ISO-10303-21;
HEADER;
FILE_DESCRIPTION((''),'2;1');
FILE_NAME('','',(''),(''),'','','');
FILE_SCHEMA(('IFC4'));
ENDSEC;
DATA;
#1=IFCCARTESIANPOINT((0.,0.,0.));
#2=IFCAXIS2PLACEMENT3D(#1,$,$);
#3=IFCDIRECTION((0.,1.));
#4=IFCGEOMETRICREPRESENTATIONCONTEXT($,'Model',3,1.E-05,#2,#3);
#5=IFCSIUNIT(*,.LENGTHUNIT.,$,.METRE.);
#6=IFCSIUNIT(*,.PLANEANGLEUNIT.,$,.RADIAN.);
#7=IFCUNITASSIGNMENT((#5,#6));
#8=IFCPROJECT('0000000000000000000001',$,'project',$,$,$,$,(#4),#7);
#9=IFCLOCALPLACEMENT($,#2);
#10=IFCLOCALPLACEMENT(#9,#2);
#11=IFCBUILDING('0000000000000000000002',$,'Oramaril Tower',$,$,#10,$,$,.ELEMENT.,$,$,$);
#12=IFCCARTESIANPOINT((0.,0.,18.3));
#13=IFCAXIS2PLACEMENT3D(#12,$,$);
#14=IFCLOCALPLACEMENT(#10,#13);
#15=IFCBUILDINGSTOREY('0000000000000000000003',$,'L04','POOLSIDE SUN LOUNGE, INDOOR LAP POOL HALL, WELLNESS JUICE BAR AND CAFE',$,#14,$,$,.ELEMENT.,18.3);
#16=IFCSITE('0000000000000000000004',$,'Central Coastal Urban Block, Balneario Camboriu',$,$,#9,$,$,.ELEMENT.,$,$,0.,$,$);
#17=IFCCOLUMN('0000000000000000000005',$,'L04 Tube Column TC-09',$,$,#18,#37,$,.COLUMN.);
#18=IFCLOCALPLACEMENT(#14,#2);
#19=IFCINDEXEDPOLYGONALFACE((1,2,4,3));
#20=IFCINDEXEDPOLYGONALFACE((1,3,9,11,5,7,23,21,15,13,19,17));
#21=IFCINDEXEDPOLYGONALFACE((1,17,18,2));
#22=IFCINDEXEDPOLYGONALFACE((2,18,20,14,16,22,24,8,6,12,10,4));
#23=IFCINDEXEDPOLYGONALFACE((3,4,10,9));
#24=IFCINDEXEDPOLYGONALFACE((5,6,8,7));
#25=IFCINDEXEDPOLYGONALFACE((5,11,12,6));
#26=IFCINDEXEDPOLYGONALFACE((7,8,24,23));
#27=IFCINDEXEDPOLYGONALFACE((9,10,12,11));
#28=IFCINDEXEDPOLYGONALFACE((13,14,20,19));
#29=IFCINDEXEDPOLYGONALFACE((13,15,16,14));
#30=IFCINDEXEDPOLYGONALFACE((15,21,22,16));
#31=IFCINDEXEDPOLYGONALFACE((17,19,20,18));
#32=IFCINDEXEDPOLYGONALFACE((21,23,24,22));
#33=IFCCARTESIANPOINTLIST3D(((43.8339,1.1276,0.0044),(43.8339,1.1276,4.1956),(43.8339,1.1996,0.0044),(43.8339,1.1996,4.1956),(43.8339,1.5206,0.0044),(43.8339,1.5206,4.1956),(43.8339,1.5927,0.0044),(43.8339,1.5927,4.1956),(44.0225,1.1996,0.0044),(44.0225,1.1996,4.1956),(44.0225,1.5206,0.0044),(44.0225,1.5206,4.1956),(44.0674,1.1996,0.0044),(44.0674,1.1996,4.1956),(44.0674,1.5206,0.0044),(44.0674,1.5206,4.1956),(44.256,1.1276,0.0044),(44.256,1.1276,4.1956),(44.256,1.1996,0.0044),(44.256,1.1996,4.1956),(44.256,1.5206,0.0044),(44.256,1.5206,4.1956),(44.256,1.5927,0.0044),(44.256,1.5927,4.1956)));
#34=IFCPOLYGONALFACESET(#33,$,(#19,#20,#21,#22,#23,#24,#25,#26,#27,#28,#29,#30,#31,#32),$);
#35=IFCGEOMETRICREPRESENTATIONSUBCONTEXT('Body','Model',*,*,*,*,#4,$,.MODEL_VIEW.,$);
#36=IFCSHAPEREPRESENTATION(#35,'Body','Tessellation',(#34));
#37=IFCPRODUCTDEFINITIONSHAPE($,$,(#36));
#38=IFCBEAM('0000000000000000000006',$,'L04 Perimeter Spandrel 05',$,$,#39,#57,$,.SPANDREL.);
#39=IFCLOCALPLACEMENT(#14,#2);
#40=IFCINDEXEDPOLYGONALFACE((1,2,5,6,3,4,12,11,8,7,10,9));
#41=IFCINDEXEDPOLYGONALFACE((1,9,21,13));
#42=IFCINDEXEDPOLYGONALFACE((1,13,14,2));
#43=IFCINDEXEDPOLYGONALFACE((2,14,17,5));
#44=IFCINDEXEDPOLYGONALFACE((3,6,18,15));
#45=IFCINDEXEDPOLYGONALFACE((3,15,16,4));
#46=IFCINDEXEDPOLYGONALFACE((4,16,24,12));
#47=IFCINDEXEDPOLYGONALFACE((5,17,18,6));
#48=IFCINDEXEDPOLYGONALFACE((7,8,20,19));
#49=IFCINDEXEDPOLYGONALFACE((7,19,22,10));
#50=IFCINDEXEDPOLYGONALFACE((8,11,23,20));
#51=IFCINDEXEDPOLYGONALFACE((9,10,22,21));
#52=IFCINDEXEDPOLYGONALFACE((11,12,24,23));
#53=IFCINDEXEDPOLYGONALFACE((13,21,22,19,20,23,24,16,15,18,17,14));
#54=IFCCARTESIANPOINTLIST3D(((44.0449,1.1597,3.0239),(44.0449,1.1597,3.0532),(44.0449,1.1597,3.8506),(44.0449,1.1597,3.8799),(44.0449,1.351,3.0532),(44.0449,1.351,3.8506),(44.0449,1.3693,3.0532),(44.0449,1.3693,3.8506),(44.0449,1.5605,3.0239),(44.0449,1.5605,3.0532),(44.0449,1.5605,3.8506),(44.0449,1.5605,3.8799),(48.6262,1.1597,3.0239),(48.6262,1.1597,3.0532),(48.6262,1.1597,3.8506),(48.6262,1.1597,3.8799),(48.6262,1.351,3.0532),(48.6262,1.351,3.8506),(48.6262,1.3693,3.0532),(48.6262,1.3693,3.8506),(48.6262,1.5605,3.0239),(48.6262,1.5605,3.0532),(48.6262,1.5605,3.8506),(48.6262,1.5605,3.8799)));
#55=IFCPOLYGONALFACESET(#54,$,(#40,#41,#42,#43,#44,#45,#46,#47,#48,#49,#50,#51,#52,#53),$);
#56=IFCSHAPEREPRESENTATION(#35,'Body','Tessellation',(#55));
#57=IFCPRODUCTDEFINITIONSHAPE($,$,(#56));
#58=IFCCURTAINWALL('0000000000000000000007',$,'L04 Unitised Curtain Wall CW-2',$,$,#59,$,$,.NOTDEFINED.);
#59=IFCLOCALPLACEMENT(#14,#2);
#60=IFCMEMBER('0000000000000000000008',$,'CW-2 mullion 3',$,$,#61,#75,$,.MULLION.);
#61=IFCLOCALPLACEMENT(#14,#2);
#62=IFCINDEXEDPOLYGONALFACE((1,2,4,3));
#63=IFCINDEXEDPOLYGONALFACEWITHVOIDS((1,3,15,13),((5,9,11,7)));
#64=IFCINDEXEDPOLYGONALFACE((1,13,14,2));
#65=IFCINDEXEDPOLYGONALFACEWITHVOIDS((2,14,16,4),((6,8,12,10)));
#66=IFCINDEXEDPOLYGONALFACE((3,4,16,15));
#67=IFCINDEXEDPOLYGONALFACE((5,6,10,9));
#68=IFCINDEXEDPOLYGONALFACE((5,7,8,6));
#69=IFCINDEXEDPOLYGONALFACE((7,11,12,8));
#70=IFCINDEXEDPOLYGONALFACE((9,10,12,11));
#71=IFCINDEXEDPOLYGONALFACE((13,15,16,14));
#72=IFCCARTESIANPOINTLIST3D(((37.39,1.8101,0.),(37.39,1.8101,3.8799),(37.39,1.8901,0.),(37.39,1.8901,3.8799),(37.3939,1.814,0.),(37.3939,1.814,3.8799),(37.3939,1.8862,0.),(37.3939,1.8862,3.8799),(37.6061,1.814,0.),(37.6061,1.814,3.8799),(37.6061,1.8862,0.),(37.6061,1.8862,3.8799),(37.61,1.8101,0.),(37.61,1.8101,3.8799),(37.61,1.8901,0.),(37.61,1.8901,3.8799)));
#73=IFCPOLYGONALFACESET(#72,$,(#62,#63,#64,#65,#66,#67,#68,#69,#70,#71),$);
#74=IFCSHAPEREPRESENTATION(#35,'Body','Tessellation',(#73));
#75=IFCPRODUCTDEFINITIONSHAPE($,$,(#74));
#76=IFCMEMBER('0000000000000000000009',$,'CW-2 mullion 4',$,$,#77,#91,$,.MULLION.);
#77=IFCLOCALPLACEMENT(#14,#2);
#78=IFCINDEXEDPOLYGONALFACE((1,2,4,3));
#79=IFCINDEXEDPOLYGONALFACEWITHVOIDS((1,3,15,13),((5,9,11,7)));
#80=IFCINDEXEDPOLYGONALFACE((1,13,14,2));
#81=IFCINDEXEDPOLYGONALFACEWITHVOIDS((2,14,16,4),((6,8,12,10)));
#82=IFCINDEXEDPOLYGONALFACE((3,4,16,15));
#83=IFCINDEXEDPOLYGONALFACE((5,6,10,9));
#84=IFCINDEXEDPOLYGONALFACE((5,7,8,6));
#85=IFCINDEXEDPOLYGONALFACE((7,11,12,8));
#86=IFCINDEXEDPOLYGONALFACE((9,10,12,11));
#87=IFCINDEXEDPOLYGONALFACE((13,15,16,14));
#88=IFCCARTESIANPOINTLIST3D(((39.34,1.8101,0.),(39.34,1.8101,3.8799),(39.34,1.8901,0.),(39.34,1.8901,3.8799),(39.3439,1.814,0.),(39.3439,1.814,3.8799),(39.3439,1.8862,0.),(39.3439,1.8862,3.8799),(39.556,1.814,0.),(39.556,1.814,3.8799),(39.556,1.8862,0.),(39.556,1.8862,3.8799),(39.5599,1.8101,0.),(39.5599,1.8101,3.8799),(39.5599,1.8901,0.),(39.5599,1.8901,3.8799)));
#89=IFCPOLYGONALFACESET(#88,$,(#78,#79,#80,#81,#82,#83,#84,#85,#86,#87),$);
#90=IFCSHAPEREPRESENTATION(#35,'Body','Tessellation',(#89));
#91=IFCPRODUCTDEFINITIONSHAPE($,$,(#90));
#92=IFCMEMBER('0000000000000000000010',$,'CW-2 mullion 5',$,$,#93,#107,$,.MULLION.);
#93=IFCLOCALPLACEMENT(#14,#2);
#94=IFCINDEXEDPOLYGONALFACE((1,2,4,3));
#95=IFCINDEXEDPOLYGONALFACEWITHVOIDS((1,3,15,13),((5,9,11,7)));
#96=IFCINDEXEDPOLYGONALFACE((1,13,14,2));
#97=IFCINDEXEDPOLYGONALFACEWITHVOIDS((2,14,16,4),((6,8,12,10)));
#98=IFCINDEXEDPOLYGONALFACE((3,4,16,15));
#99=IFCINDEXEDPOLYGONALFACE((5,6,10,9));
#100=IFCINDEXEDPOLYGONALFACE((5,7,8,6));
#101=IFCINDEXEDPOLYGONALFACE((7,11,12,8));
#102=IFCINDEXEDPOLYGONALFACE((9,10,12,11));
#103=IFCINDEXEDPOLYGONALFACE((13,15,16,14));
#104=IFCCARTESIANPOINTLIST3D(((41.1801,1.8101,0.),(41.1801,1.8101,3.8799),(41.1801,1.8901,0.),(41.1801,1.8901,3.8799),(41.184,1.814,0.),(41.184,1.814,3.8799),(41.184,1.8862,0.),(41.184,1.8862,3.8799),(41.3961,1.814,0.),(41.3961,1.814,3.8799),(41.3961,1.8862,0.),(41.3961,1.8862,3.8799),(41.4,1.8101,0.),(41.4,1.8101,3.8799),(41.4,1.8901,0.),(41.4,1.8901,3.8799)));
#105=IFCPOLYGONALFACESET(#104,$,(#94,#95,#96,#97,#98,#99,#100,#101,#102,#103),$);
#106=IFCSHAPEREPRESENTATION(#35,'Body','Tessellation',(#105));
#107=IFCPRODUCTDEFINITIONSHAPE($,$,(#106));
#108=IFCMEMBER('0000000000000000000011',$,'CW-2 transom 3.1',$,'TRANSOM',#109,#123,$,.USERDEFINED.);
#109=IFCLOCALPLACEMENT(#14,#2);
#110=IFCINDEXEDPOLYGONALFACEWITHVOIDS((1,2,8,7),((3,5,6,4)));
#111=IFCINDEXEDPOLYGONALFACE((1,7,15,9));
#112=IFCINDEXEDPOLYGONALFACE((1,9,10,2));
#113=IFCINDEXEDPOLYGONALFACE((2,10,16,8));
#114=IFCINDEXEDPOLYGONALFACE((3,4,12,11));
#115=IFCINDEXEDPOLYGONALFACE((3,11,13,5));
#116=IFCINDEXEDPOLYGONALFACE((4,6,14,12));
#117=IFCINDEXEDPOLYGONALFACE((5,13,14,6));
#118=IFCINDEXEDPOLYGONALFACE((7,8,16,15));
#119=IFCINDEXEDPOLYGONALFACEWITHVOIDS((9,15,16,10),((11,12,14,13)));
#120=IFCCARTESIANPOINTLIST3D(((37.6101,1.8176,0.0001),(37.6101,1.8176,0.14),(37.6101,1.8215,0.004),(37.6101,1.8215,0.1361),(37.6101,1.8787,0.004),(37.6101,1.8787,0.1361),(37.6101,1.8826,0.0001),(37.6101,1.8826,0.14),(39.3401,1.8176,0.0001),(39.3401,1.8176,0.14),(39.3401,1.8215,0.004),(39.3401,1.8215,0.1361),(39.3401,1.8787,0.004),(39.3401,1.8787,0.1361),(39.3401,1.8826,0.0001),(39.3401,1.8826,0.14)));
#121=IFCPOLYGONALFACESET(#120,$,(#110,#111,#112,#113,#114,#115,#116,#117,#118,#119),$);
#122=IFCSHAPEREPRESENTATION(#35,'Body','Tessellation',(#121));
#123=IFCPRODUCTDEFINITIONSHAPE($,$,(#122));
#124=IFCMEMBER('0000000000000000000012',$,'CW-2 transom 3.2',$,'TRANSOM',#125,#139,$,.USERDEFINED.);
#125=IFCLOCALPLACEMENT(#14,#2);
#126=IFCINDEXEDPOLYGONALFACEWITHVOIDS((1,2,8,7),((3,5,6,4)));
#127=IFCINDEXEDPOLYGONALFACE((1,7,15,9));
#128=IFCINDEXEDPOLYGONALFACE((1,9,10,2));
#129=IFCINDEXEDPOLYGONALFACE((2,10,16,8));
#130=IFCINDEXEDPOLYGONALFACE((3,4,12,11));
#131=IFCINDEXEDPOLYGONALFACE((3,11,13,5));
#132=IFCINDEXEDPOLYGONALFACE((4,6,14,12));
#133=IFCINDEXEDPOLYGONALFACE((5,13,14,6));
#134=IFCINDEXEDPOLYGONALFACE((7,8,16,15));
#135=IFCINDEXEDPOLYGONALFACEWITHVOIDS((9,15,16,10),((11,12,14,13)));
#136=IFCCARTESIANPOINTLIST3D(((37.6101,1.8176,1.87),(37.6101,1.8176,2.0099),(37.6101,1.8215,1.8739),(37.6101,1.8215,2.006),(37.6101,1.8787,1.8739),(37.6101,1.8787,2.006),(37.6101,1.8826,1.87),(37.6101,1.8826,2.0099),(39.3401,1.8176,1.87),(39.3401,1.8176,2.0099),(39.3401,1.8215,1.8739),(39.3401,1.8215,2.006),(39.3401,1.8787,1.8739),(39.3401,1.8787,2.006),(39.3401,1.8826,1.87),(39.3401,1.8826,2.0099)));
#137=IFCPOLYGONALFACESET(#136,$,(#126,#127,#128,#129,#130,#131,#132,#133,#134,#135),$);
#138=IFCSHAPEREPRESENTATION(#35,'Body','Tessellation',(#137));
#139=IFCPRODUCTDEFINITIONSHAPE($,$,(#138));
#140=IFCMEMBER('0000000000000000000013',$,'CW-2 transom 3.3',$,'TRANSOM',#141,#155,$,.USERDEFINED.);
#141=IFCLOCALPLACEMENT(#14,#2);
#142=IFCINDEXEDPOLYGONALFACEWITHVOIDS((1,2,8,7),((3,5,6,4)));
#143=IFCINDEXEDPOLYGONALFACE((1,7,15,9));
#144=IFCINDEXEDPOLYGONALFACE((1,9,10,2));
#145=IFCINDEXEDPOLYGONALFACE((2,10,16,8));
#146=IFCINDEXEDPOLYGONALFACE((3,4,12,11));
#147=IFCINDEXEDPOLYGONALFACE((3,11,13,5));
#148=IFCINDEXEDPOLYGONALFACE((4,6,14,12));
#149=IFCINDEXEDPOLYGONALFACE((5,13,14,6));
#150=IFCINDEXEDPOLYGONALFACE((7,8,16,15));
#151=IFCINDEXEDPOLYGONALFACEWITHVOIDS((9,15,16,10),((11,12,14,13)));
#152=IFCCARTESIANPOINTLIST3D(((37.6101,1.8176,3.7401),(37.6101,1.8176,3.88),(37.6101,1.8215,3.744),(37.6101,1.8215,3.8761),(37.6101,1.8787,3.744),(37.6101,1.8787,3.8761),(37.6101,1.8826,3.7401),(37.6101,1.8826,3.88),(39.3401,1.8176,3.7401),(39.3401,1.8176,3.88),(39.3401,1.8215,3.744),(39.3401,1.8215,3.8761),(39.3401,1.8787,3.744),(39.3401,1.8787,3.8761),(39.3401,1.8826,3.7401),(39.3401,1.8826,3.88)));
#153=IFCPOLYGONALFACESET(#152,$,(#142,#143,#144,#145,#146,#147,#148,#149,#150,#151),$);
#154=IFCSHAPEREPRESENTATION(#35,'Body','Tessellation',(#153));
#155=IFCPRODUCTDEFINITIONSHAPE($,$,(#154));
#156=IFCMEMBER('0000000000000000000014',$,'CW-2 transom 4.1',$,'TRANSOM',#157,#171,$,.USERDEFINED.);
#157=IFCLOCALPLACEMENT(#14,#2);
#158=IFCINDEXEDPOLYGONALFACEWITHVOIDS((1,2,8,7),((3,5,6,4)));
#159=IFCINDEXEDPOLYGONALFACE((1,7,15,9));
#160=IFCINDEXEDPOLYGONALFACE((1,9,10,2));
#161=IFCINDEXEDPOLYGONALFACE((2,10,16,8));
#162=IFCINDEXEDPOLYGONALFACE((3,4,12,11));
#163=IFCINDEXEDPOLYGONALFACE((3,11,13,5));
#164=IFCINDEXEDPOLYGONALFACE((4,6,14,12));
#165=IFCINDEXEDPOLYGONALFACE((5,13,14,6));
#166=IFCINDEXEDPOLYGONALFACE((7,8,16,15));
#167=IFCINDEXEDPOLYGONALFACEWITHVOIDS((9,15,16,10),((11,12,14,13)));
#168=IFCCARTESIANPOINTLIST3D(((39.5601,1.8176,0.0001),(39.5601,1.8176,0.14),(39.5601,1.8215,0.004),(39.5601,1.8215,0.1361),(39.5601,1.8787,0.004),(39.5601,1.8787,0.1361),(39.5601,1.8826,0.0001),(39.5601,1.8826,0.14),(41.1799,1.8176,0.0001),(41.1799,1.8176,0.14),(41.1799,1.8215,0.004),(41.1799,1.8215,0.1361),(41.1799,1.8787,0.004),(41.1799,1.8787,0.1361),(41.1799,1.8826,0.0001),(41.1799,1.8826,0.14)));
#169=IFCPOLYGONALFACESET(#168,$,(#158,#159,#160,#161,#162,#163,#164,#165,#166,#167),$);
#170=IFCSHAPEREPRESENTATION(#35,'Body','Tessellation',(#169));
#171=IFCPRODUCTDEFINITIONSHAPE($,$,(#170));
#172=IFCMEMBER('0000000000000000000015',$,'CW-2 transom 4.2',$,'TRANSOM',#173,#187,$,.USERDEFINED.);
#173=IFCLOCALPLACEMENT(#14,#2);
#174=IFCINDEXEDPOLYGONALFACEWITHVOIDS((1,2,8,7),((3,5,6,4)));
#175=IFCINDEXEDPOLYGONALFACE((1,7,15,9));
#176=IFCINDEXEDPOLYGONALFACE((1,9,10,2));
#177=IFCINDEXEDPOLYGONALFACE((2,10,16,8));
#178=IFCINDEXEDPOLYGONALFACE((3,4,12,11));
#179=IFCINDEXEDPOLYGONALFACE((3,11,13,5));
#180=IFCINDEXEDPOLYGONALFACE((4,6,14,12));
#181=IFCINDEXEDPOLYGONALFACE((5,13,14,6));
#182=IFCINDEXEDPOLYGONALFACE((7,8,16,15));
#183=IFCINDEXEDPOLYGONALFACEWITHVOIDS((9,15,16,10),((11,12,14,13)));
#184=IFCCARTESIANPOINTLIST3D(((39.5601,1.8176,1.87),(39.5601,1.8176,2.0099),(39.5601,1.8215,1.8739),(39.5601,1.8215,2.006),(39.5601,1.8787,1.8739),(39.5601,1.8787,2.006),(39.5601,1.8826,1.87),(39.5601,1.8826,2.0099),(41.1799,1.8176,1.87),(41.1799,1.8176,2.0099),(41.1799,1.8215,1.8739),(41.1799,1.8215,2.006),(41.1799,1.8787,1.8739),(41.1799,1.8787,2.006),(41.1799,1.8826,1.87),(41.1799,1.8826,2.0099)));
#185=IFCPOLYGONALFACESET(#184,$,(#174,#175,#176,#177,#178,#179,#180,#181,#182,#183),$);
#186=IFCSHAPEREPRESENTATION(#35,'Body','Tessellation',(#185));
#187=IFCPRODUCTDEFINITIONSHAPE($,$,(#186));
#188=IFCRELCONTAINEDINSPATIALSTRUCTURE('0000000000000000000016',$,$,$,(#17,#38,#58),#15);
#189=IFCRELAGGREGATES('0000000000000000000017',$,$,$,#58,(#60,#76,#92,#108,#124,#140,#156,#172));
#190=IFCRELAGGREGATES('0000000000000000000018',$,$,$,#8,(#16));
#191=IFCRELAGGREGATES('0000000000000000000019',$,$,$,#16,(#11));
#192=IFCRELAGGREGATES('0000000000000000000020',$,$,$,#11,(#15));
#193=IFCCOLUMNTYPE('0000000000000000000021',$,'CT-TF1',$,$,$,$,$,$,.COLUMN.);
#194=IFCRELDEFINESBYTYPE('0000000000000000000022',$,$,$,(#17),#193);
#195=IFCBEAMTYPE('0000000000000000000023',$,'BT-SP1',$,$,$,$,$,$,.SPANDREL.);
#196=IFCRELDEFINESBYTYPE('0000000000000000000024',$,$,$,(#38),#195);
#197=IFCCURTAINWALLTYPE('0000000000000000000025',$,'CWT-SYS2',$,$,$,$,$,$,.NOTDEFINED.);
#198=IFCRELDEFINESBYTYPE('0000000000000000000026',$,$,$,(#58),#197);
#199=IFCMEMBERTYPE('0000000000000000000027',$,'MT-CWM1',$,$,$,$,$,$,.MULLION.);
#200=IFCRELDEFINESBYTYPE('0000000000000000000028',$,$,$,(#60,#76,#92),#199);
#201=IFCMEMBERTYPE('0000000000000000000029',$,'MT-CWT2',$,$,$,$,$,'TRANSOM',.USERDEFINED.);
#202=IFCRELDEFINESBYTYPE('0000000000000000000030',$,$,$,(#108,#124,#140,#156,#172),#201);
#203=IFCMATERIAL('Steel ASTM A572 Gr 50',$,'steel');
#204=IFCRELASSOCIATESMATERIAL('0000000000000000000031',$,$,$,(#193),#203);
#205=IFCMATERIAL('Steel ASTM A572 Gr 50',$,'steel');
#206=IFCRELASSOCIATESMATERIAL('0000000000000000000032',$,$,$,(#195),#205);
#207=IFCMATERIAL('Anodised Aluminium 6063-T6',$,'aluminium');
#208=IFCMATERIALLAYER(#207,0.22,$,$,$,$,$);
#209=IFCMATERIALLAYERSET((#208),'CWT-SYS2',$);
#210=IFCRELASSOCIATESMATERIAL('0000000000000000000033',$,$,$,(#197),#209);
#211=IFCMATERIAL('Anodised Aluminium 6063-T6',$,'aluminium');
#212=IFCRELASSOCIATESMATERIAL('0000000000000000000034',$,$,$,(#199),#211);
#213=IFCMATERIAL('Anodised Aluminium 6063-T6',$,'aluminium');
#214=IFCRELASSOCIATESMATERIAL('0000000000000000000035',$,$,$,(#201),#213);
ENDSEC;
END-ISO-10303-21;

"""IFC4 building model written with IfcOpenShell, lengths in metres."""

from ifc_helpers import new_model, si_unit, direction, frame, origin, origin_2d, place, context, subcontext, project, spatial, hollow_rectangle, i_section, extrude, material, layer, layer_set, material_profile, profile_set, type_object, element, aggregate, save


model = new_model("IFC4")

# Units and contexts
model_context = context("Model", 3, precision=1e-05, world=origin(), true_north=direction((0.0, 1.0)))
body_context = subcontext(model_context, "Body", "Model", "MODEL_VIEW")
ifc_project = project(units=[si_unit("LENGTHUNIT", "METRE"), si_unit("PLANEANGLEUNIT", "RADIAN")], contexts=[model_context])

# Site, building, storey
site_placement = place(None, origin())
site = spatial("IfcSite", under=ifc_project, at=site_placement, Name="Central Coastal Urban Block, Balneario Camboriu", CompositionType="ELEMENT", RefElevation=0.0)
building_placement = place(site_placement, origin())
building = spatial("IfcBuilding", under=site, at=building_placement, Name="Oramaril Tower", CompositionType="ELEMENT")
storey_placement = place(building_placement, frame((0.0, 0.0, 18.3)))
storey = spatial("IfcBuildingStorey", under=building, at=storey_placement, Name="L04", Description="POOLSIDE SUN LOUNGE, INDOOR LAP POOL HALL, WELLNESS JUICE BAR AND CAFE", CompositionType="ELEMENT", Elevation=18.3)

# Column
ifc_material_1 = material(Name="Steel ASTM A572 Gr 50", Category="steel")
ifc_material_profile_1 = material_profile(ifc_material_1, i_section(OverallWidth=0.4221, OverallDepth=0.4651, WebThickness=0.0449, FlangeThickness=0.072, at=origin_2d()), Name="W14X398")
ifc_profile_set_1 = profile_set([ifc_material_profile_1], Name="Steel ASTM A572 Gr 50")
column_type = type_object("IfcColumnType", Name="CT-TF1", PredefinedType="COLUMN", material=ifc_profile_set_1)
column_placement = place(storey_placement, frame((44.0449, 1.3601, 0.0044), z_axis=(0.0, 0.0, 1.0), x_axis=(1.0, 0.0, 0.0)))
element("IfcColumn", 1, at=column_placement, inside=storey, type_object=column_type, Name="L04 Tube Column TC-09", PredefinedType="COLUMN", context=body_context, shape_type="SweptSolid", body=[
    extrude(i_section(OverallWidth=0.4221, OverallDepth=0.4651, WebThickness=0.0449, FlangeThickness=0.072, at=origin_2d()), origin(), (0.0, 0.0, 1.0), 4.1912),
])

# Beam
ifc_material_2 = material(Name="Steel ASTM A572 Gr 50", Category="steel")
ifc_material_profile_2 = material_profile(ifc_material_2, i_section(OverallWidth=0.4009, OverallDepth=0.856, WebThickness=0.0183, FlangeThickness=0.0293, at=origin_2d()), Name="W33X201")
ifc_profile_set_2 = profile_set([ifc_material_profile_2], Name="Steel ASTM A572 Gr 50")
beam_type = type_object("IfcBeamType", Name="BT-SP1", PredefinedType="SPANDREL", material=ifc_profile_set_2)
beam_placement = place(storey_placement, frame((44.0449, 1.3601, 3.4519), z_axis=(1.0, 0.0, 0.0), x_axis=(0.0, 1.0, 0.0)))
element("IfcBeam", 2, at=beam_placement, inside=storey, type_object=beam_type, Name="L04 Perimeter Spandrel 05", PredefinedType="SPANDREL", context=body_context, shape_type="SweptSolid", body=[
    extrude(i_section(OverallWidth=0.4009, OverallDepth=0.856, WebThickness=0.0183, FlangeThickness=0.0293, at=origin_2d()), origin(), (0.0, 0.0, 1.0), 4.5813),
])

# Curtain wall, members
ifc_material_3 = material(Name="Anodised Aluminium 6063-T6", Category="aluminium")
ifc_layer_1 = layer(ifc_material_3, 0.22)
ifc_layer_set_1 = layer_set([ifc_layer_1], Name="CWT-SYS2")
curtain_wall_type = type_object("IfcCurtainWallType", Name="CWT-SYS2", PredefinedType="NOTDEFINED", material=ifc_layer_set_1)
curtain_wall_placement = place(storey_placement, origin())
curtain_wall = element("IfcCurtainWall", 3, at=curtain_wall_placement, inside=storey, type_object=curtain_wall_type, Name="L04 Unitised Curtain Wall CW-2", PredefinedType="NOTDEFINED")
ifc_material_4 = material(Name="Anodised Aluminium 6063-T6", Category="aluminium")
ifc_material_profile_3 = material_profile(ifc_material_4, hollow_rectangle(XDim=0.0801, YDim=0.22, WallThickness=0.0039, at=origin_2d()), Name="CWM220X80")
ifc_profile_set_3 = profile_set([ifc_material_profile_3], Name="Anodised Aluminium 6063-T6")
member_type_1 = type_object("IfcMemberType", Name="MT-CWM1", PredefinedType="MULLION", material=ifc_profile_set_3)
member_1_placement = place(storey_placement, frame((37.5, 1.8501, 0.0), z_axis=(0.0, 0.0, 1.0), x_axis=(0.0, 1.0, 0.0)))
member_1 = element("IfcMember", 4, at=member_1_placement, type_object=member_type_1, Name="CW-2 mullion 3", PredefinedType="MULLION", context=body_context, shape_type="SweptSolid", body=[
    extrude(hollow_rectangle(XDim=0.0801, YDim=0.22, WallThickness=0.0039, at=origin_2d()), origin(), (0.0, 0.0, 1.0), 3.8799),
])
member_2_placement = place(storey_placement, frame((39.45, 1.8501, 0.0), z_axis=(0.0, 0.0, 1.0), x_axis=(0.0, 1.0, 0.0)))
member_2 = element("IfcMember", 5, at=member_2_placement, type_object=member_type_1, Name="CW-2 mullion 4", PredefinedType="MULLION", context=body_context, shape_type="SweptSolid", body=[
    extrude(hollow_rectangle(XDim=0.0801, YDim=0.22, WallThickness=0.0039, at=origin_2d()), origin(), (0.0, 0.0, 1.0), 3.8799),
])
member_3_placement = place(storey_placement, frame((41.29, 1.8501, 0.0), z_axis=(0.0, 0.0, 1.0), x_axis=(0.0, 1.0, 0.0)))
member_3 = element("IfcMember", 6, at=member_3_placement, type_object=member_type_1, Name="CW-2 mullion 5", PredefinedType="MULLION", context=body_context, shape_type="SweptSolid", body=[
    extrude(hollow_rectangle(XDim=0.0801, YDim=0.22, WallThickness=0.0039, at=origin_2d()), origin(), (0.0, 0.0, 1.0), 3.8799),
])
ifc_material_5 = material(Name="Anodised Aluminium 6063-T6", Category="aluminium")
ifc_material_profile_4 = material_profile(ifc_material_5, hollow_rectangle(XDim=0.0649, YDim=0.1399, WallThickness=0.0039, at=origin_2d()), Name="CWT140X65")
ifc_profile_set_4 = profile_set([ifc_material_profile_4], Name="Anodised Aluminium 6063-T6")
member_type_2 = type_object("IfcMemberType", Name="MT-CWT2", ElementType="TRANSOM", PredefinedType="USERDEFINED", material=ifc_profile_set_4)
member_4_placement = place(storey_placement, frame((37.6101, 1.8501, 0.0701), z_axis=(1.0, 0.0, 0.0), x_axis=(0.0, 1.0, 0.0)))
member_4 = element("IfcMember", 7, at=member_4_placement, type_object=member_type_2, Name="CW-2 transom 3.1", ObjectType="TRANSOM", PredefinedType="USERDEFINED", context=body_context, shape_type="SweptSolid", body=[
    extrude(hollow_rectangle(XDim=0.0649, YDim=0.1399, WallThickness=0.0039, at=origin_2d()), origin(), (0.0, 0.0, 1.0), 1.73),
])
member_5_placement = place(storey_placement, frame((37.6101, 1.8501, 1.9399), z_axis=(1.0, 0.0, 0.0), x_axis=(0.0, 1.0, 0.0)))
member_5 = element("IfcMember", 8, at=member_5_placement, type_object=member_type_2, Name="CW-2 transom 3.2", ObjectType="TRANSOM", PredefinedType="USERDEFINED", context=body_context, shape_type="SweptSolid", body=[
    extrude(hollow_rectangle(XDim=0.0649, YDim=0.1399, WallThickness=0.0039, at=origin_2d()), origin(), (0.0, 0.0, 1.0), 1.73),
])
member_6_placement = place(storey_placement, frame((37.6101, 1.8501, 3.8101), z_axis=(1.0, 0.0, 0.0), x_axis=(0.0, 1.0, 0.0)))
member_6 = element("IfcMember", 9, at=member_6_placement, type_object=member_type_2, Name="CW-2 transom 3.3", ObjectType="TRANSOM", PredefinedType="USERDEFINED", context=body_context, shape_type="SweptSolid", body=[
    extrude(hollow_rectangle(XDim=0.0649, YDim=0.1399, WallThickness=0.0039, at=origin_2d()), origin(), (0.0, 0.0, 1.0), 1.73),
])
member_7_placement = place(storey_placement, frame((39.5601, 1.8501, 0.0701), z_axis=(1.0, 0.0, 0.0), x_axis=(0.0, 1.0, 0.0)))
member_7 = element("IfcMember", 10, at=member_7_placement, type_object=member_type_2, Name="CW-2 transom 4.1", ObjectType="TRANSOM", PredefinedType="USERDEFINED", context=body_context, shape_type="SweptSolid", body=[
    extrude(hollow_rectangle(XDim=0.0649, YDim=0.1399, WallThickness=0.0039, at=origin_2d()), origin(), (0.0, 0.0, 1.0), 1.6199),
])
member_8_placement = place(storey_placement, frame((39.5601, 1.8501, 1.9399), z_axis=(1.0, 0.0, 0.0), x_axis=(0.0, 1.0, 0.0)))
member_8 = element("IfcMember", 11, at=member_8_placement, type_object=member_type_2, Name="CW-2 transom 4.2", ObjectType="TRANSOM", PredefinedType="USERDEFINED", context=body_context, shape_type="SweptSolid", body=[
    extrude(hollow_rectangle(XDim=0.0649, YDim=0.1399, WallThickness=0.0039, at=origin_2d()), origin(), (0.0, 0.0, 1.0), 1.6199),
])
aggregate(curtain_wall, [member_1, member_2, member_3, member_4, member_5, member_6, member_7, member_8])

save(model, "model.ifc")
